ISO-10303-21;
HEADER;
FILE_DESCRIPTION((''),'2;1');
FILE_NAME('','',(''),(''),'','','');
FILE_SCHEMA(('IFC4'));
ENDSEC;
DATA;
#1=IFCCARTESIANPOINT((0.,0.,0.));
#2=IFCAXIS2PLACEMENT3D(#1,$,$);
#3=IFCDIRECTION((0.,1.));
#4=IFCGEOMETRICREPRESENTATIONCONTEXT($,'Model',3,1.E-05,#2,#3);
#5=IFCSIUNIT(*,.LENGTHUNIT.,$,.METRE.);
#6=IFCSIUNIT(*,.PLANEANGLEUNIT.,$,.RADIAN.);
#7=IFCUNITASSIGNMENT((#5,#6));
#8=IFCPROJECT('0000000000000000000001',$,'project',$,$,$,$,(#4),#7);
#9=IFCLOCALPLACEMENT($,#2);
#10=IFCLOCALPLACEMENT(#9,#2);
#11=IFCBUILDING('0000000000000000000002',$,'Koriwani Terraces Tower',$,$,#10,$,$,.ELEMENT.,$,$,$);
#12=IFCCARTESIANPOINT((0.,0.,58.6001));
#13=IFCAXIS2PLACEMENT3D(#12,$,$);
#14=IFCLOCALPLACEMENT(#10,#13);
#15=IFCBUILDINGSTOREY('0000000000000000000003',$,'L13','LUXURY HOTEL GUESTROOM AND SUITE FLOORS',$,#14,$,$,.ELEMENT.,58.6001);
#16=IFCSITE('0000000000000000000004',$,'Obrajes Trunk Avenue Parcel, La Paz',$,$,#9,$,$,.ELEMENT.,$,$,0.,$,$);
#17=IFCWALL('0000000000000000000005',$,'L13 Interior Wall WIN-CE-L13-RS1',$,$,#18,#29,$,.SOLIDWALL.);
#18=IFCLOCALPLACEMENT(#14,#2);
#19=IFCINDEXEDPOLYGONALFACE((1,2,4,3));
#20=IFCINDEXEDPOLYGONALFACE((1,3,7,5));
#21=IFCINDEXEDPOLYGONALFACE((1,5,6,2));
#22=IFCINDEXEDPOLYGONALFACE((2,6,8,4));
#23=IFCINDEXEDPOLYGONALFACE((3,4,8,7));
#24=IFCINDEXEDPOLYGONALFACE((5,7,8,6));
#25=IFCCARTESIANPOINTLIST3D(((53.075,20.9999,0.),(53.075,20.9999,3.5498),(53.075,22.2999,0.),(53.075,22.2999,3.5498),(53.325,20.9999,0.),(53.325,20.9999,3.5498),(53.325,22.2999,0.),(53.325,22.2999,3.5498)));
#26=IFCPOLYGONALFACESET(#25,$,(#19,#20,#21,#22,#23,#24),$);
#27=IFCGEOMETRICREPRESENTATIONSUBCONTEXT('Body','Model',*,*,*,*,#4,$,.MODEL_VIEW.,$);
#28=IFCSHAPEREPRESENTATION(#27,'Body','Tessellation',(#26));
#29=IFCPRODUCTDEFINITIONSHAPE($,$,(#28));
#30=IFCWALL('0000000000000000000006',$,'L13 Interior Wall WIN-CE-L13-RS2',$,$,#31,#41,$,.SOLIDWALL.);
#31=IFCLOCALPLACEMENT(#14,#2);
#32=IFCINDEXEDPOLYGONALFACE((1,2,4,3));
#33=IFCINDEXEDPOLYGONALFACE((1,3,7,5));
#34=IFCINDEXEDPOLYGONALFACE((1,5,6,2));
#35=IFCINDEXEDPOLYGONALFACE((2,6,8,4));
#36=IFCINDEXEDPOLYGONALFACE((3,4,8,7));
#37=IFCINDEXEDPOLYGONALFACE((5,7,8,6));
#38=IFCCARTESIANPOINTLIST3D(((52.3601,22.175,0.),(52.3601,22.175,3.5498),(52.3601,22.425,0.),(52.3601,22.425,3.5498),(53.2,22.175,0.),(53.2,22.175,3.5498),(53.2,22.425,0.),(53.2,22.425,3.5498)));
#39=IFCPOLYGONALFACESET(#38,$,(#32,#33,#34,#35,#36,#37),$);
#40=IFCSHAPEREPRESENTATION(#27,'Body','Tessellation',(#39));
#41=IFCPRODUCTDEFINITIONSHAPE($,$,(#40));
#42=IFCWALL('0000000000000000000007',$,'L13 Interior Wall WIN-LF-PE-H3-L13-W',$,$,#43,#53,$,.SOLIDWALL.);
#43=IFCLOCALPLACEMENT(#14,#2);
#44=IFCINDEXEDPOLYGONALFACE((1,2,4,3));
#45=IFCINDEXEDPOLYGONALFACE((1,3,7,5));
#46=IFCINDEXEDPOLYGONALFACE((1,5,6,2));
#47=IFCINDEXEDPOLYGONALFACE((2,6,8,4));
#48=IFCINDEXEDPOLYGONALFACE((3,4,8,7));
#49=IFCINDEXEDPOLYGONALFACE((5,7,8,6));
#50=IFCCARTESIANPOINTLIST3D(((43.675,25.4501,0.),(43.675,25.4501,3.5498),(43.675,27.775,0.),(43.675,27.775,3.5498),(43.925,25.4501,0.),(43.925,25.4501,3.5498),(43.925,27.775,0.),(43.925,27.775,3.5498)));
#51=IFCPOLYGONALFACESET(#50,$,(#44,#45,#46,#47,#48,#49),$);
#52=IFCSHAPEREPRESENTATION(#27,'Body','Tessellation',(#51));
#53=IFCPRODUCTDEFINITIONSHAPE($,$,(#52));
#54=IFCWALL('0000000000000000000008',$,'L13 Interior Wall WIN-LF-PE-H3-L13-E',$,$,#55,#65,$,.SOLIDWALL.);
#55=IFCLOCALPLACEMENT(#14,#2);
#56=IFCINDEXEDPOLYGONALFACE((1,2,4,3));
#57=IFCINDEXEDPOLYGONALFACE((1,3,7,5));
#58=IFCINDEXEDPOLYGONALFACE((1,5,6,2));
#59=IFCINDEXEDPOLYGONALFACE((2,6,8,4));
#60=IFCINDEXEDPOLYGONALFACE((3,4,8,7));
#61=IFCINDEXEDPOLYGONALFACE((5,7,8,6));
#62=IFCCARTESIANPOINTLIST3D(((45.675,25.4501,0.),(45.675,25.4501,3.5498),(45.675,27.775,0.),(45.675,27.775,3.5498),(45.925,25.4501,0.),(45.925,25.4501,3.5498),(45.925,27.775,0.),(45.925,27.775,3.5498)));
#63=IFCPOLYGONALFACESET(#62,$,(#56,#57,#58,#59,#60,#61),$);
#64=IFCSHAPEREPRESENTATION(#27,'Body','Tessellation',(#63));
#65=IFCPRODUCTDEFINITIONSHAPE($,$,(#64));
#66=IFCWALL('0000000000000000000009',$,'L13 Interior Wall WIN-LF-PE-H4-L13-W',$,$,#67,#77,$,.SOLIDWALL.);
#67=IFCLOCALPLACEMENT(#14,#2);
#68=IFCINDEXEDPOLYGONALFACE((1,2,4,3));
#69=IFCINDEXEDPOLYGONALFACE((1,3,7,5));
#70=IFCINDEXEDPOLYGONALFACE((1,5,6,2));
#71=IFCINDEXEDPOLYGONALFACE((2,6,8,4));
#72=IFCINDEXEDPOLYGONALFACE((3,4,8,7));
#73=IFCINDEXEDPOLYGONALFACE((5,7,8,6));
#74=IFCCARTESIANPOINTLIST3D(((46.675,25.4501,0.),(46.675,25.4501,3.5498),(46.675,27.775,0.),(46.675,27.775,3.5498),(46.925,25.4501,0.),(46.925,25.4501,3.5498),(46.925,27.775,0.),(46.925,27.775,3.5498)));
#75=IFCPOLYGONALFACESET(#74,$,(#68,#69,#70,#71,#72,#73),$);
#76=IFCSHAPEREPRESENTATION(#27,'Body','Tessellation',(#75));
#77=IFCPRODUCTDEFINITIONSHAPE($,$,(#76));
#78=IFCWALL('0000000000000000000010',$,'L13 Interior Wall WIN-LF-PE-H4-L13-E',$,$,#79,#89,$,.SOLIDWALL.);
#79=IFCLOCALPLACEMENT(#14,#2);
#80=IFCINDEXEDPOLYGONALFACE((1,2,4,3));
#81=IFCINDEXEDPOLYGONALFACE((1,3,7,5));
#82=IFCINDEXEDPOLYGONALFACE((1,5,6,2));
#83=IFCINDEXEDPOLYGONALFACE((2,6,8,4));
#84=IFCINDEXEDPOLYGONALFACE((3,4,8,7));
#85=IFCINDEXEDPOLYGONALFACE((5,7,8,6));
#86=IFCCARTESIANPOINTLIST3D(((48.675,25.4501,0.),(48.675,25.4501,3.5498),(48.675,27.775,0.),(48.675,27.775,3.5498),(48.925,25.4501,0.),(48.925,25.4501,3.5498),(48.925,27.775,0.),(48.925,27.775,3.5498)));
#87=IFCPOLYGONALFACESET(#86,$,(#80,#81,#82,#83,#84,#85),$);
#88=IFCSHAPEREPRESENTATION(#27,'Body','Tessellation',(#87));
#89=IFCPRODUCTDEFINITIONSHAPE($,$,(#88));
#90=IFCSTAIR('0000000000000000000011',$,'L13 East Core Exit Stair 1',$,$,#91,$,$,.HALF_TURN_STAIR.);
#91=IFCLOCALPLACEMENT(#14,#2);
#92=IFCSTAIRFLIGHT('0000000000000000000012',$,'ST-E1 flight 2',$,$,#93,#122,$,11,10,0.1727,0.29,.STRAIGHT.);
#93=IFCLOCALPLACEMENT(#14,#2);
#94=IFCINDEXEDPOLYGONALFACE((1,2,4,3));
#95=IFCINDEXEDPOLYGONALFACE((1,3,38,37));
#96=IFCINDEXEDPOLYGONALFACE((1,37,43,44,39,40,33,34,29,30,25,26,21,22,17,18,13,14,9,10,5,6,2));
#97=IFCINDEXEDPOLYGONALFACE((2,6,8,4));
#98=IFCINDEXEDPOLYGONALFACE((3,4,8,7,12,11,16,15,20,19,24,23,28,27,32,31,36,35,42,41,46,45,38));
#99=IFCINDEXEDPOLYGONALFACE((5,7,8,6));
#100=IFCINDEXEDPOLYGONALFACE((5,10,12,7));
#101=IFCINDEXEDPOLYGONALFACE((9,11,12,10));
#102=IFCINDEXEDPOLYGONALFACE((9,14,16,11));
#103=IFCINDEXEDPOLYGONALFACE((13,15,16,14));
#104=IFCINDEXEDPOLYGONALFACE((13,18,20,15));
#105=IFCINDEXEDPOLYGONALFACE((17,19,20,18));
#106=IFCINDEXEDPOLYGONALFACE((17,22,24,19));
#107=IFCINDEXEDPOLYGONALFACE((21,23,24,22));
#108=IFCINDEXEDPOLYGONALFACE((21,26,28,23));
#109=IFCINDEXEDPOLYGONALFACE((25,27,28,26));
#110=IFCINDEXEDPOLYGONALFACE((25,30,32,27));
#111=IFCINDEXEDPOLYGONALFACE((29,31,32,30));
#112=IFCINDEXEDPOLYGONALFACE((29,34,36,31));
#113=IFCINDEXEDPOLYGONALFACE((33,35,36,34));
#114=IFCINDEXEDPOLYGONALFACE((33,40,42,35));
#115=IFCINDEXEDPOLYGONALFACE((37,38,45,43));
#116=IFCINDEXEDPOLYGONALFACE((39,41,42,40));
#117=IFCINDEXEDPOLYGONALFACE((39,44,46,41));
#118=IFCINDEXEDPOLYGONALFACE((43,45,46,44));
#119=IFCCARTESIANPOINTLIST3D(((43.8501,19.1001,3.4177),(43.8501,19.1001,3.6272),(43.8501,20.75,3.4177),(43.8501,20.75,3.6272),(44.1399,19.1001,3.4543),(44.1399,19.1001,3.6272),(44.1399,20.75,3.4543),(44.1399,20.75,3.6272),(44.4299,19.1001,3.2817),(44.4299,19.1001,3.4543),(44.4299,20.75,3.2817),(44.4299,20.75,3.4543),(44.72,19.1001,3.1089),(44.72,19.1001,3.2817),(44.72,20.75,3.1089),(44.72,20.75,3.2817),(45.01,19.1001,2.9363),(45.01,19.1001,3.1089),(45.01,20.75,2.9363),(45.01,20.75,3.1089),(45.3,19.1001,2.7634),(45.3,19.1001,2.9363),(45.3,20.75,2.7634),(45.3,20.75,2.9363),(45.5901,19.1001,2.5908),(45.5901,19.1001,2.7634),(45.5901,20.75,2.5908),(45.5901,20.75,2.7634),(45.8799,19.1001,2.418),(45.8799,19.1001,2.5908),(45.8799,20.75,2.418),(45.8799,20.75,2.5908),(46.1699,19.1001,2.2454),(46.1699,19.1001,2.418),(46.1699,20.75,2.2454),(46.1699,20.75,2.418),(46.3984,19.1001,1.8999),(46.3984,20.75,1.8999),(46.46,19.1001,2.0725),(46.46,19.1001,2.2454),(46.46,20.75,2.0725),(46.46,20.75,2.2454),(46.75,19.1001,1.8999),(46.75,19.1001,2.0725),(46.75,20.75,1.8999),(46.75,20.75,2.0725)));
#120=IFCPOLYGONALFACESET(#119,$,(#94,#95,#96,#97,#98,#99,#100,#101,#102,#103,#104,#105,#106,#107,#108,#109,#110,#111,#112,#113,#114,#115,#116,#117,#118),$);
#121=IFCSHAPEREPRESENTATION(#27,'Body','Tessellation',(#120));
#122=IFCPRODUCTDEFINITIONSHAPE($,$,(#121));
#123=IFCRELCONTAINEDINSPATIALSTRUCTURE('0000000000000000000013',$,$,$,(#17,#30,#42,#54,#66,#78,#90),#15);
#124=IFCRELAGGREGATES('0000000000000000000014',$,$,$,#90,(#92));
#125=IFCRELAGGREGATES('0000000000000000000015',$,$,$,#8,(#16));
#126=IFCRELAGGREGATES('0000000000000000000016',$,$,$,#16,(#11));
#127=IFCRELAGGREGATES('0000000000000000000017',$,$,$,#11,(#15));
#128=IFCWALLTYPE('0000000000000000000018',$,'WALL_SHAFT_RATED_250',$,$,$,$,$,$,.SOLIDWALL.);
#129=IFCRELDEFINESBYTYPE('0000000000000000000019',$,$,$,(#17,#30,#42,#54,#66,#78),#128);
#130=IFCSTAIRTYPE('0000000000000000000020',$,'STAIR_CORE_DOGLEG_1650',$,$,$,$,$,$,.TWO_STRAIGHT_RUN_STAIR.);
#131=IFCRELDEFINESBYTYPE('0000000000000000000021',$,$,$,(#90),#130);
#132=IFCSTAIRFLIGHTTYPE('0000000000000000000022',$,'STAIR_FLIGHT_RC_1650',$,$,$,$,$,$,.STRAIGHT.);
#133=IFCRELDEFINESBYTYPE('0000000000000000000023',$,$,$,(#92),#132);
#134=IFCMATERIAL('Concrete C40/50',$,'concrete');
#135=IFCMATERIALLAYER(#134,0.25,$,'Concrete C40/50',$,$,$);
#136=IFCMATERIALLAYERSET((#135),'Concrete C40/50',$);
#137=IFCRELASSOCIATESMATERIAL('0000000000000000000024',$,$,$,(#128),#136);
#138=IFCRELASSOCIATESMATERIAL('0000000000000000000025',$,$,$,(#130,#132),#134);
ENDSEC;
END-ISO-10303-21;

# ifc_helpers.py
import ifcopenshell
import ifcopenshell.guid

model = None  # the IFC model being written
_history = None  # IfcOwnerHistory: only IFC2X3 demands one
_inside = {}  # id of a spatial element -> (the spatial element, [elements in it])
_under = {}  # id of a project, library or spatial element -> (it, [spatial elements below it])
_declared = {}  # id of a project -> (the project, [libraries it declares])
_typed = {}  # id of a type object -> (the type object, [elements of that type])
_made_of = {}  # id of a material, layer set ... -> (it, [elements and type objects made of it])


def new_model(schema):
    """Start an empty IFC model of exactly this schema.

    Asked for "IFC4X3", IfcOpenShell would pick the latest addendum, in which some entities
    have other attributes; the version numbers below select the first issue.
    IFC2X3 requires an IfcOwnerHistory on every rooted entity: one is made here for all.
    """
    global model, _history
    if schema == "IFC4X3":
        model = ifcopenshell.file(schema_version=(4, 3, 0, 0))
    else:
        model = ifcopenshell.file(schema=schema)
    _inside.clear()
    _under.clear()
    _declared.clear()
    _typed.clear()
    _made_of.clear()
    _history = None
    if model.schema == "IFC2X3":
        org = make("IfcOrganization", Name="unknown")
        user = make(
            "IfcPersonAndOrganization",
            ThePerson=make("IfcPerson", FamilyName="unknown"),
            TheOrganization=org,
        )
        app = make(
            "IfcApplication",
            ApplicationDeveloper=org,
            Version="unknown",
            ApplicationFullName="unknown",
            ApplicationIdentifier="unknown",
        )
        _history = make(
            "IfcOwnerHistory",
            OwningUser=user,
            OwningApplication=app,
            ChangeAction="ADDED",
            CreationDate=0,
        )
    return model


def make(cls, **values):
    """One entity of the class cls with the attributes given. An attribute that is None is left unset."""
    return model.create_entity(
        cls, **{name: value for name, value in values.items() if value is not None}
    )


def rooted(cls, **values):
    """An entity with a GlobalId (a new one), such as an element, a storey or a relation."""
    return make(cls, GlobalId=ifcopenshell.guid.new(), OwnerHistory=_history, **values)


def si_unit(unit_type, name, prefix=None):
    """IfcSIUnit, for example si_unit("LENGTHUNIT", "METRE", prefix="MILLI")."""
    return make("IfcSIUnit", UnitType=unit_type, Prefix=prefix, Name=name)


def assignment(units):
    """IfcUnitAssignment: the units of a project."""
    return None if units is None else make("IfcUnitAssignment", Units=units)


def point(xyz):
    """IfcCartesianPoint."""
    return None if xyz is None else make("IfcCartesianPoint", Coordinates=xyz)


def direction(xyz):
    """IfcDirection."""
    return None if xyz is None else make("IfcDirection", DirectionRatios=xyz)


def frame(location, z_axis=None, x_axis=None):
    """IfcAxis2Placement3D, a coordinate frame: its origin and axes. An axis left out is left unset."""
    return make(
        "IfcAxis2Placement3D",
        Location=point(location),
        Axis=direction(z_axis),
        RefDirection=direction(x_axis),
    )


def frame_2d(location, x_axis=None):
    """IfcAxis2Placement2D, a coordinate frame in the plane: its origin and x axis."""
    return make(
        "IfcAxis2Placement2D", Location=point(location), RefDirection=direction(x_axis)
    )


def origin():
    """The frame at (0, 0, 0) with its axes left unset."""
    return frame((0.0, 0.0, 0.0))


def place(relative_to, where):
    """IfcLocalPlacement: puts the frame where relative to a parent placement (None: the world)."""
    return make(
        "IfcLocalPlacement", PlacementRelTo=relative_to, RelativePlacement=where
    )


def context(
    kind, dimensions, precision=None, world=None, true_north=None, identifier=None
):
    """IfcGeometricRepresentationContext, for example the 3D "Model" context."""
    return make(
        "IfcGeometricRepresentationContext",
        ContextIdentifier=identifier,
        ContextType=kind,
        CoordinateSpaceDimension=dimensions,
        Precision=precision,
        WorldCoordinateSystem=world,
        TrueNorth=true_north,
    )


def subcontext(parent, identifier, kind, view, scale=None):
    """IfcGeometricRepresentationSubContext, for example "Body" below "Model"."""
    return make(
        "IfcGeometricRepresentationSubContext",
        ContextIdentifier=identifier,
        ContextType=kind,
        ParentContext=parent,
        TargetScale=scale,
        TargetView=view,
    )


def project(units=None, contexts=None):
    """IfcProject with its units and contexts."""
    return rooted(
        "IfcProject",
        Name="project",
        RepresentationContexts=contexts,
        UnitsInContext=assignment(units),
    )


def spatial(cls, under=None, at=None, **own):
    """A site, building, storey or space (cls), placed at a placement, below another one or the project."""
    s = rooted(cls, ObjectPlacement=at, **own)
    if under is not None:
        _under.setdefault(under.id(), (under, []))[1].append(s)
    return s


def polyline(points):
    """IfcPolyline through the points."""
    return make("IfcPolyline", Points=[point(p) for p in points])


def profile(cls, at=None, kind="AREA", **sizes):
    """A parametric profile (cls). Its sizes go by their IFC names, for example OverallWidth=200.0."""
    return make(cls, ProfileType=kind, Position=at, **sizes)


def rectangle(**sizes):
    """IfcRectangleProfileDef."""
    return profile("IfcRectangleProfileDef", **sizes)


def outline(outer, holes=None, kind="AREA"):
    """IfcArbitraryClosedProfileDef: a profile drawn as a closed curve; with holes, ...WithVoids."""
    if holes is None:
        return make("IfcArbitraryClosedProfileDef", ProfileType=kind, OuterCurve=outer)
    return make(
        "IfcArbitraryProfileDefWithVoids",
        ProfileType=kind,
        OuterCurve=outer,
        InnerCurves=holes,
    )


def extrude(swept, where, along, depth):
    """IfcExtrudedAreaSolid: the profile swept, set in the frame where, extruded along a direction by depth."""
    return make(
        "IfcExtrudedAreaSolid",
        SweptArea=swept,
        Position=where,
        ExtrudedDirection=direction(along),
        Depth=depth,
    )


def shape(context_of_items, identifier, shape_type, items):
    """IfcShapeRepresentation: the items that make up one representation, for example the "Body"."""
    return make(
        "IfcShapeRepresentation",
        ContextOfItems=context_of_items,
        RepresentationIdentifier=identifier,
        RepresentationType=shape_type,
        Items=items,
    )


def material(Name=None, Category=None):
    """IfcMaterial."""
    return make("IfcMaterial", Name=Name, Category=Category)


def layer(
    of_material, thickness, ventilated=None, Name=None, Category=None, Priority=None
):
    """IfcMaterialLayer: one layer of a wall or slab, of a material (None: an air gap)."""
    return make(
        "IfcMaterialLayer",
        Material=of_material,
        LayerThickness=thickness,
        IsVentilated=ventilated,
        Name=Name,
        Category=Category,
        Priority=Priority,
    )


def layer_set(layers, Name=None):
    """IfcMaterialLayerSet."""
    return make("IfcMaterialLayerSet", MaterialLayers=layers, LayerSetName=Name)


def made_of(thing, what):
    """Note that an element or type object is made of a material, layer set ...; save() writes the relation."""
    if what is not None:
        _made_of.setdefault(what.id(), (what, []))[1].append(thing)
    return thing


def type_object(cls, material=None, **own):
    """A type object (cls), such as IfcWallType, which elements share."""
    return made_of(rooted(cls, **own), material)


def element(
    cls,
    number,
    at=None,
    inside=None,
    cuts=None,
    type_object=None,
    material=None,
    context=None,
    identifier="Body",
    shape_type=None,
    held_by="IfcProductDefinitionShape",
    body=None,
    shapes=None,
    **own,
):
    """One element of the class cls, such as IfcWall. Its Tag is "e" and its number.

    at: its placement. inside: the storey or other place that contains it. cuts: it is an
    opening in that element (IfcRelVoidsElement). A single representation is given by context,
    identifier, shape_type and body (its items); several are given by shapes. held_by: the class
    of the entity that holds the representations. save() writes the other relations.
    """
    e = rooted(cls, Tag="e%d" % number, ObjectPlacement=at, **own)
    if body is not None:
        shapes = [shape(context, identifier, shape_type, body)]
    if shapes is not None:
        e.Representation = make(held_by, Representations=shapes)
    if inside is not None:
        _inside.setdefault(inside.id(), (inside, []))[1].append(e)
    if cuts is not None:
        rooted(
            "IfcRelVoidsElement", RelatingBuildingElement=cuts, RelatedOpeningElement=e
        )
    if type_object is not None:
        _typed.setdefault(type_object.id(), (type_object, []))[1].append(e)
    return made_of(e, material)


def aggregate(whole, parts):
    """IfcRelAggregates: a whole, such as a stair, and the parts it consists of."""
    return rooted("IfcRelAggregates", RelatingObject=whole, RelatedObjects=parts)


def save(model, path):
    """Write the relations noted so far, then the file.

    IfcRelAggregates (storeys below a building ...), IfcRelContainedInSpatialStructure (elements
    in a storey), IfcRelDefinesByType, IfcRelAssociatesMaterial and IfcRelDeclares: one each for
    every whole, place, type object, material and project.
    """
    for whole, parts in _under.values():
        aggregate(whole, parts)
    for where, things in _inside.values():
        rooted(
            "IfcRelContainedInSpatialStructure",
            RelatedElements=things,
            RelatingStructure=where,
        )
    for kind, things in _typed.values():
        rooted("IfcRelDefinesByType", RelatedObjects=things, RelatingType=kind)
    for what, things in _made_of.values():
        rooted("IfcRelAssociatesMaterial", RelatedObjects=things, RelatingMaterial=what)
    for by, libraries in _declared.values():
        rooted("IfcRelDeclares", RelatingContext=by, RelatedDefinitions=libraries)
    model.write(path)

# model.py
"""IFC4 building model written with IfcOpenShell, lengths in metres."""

from ifc_helpers import new_model, si_unit, direction, frame, frame_2d, origin, place, context, subcontext, project, spatial, polyline, rectangle, outline, extrude, material, layer, layer_set, type_object, element, aggregate, save


model = new_model("IFC4")

# Units and contexts
model_context = context("Model", 3, precision=1e-05, world=origin(), true_north=direction((0.0, 1.0)))
body_context = subcontext(model_context, "Body", "Model", "MODEL_VIEW")
ifc_project = project(units=[si_unit("LENGTHUNIT", "METRE"), si_unit("PLANEANGLEUNIT", "RADIAN")], contexts=[model_context])

# Site, building, storey
site_placement = place(None, origin())
site = spatial("IfcSite", under=ifc_project, at=site_placement, Name="Obrajes Trunk Avenue Parcel, La Paz", CompositionType="ELEMENT", RefElevation=0.0)
building_placement = place(site_placement, origin())
building = spatial("IfcBuilding", under=site, at=building_placement, Name="Koriwani Terraces Tower", CompositionType="ELEMENT")
storey_placement = place(building_placement, frame((0.0, 0.0, 58.6001)))
storey = spatial("IfcBuildingStorey", under=building, at=storey_placement, Name="L13", Description="LUXURY HOTEL GUESTROOM AND SUITE FLOORS", CompositionType="ELEMENT", Elevation=58.6001)

# Shared definitions
ifc_material_1 = material(Name="Concrete C40/50", Category="concrete")
ifc_layer_1 = layer(ifc_material_1, 0.25, Name="Concrete C40/50")
ifc_layer_set_1 = layer_set([ifc_layer_1], Name="Concrete C40/50")
wall_type_1 = type_object("IfcWallType", Name="WALL_SHAFT_RATED_250", PredefinedType="SOLIDWALL", material=ifc_layer_set_1)

# Walls
wall_1_placement = place(storey_placement, frame((53.2, 21.0, 0.0), z_axis=(0.0, 0.0, 1.0), x_axis=(0.0, 1.0, 0.0)))
element("IfcWall", 1, at=wall_1_placement, inside=storey, type_object=wall_type_1, Name="L13 Interior Wall WIN-CE-L13-RS1", PredefinedType="SOLIDWALL", context=body_context, shape_type="SweptSolid", body=[
    extrude(rectangle(XDim=1.3, YDim=0.25, at=frame_2d((0.6499, 0.0))), origin(), (0.0, 0.0, 1.0), 3.5498),
])
wall_2_placement = place(storey_placement, frame((52.3601, 22.3, 0.0), z_axis=(0.0, 0.0, 1.0), x_axis=(1.0, 0.0, 0.0)))
element("IfcWall", 2, at=wall_2_placement, inside=storey, type_object=wall_type_1, Name="L13 Interior Wall WIN-CE-L13-RS2", PredefinedType="SOLIDWALL", context=body_context, shape_type="SweptSolid", body=[
    extrude(rectangle(XDim=0.8398, YDim=0.25, at=frame_2d((0.4199, 0.0))), origin(), (0.0, 0.0, 1.0), 3.5498),
])
for number, where, z_axis, x_axis, name in (
    (3, (43.8, 25.45, 0.0), (0.0, 0.0, 1.0), (0.0, 1.0, 0.0), "L13 Interior Wall WIN-LF-PE-H3-L13-W"),
    (4, (45.8, 25.45, 0.0), (0.0, 0.0, 1.0), (0.0, 1.0, 0.0), "L13 Interior Wall WIN-LF-PE-H3-L13-E"),
    (5, (46.8, 25.45, 0.0), (0.0, 0.0, 1.0), (0.0, 1.0, 0.0), "L13 Interior Wall WIN-LF-PE-H4-L13-W"),
    (6, (48.8, 25.45, 0.0), (0.0, 0.0, 1.0), (0.0, 1.0, 0.0), "L13 Interior Wall WIN-LF-PE-H4-L13-E"),
):
    element("IfcWall", number, at=place(storey_placement, frame(where, z_axis=z_axis, x_axis=x_axis)), inside=storey, type_object=wall_type_1, Name=name, PredefinedType="SOLIDWALL", context=body_context, shape_type="SweptSolid", body=[
        extrude(rectangle(XDim=2.325, YDim=0.25, at=frame_2d((1.1626, 0.0))), origin(), (0.0, 0.0, 1.0), 3.5498),
    ])

# Stair, stair flight
stair_type = type_object("IfcStairType", Name="STAIR_CORE_DOGLEG_1650", PredefinedType="TWO_STRAIGHT_RUN_STAIR", material=ifc_material_1)
stair_placement = place(storey_placement, origin())
stair = element("IfcStair", 7, at=stair_placement, inside=storey, type_object=stair_type, Name="L13 East Core Exit Stair 1", PredefinedType="HALF_TURN_STAIR")
stair_flight_type = type_object("IfcStairFlightType", Name="STAIR_FLIGHT_RC_1650", PredefinedType="STRAIGHT", material=ifc_material_1)
stair_flight_placement = place(storey_placement, frame((46.75, 19.925, 1.8999), z_axis=(0.0, 0.0, 1.0), x_axis=(-1.0, 0.0, 0.0)))
stair_flight = element("IfcStairFlight", 8, at=stair_flight_placement, type_object=stair_flight_type, Name="ST-E1 flight 2", NumberOfRisers=11, NumberOfTreads=10, PredefinedType="STRAIGHT", RiserHeight=0.1727, TreadLength=0.29, context=body_context, shape_type="SweptSolid", body=[
    extrude(outline(polyline([(0.0, 0.0), (0.0, 0.1726), (0.29, 0.1726), (0.29, 0.3455), (0.5801, 0.3455), (0.5801, 0.5181), (0.8701, 0.5181), (0.8701, 0.6909), (1.1599, 0.6909), (1.1599, 0.8635), (1.45, 0.8635), (1.45, 1.0364), (1.74, 1.0364), (1.74, 1.209), (2.03, 1.209), (2.03, 1.3818), (2.3201, 1.3818), (2.3201, 1.5544), (2.6101, 1.5544), (2.6101, 1.7273), (2.8999, 1.7273), (2.8999, 1.8999), (2.8999, 1.5178), (0.3516, 0.0), (0.0, 0.0)])), frame((0.0, 0.825, 0.0), z_axis=(0.0, -1.0, 0.0), x_axis=(1.0, 0.0, 0.0)), (0.0, 0.0, 1.0), 1.6499),
])
aggregate(stair, [stair_flight])

save(model, "model.ifc")
